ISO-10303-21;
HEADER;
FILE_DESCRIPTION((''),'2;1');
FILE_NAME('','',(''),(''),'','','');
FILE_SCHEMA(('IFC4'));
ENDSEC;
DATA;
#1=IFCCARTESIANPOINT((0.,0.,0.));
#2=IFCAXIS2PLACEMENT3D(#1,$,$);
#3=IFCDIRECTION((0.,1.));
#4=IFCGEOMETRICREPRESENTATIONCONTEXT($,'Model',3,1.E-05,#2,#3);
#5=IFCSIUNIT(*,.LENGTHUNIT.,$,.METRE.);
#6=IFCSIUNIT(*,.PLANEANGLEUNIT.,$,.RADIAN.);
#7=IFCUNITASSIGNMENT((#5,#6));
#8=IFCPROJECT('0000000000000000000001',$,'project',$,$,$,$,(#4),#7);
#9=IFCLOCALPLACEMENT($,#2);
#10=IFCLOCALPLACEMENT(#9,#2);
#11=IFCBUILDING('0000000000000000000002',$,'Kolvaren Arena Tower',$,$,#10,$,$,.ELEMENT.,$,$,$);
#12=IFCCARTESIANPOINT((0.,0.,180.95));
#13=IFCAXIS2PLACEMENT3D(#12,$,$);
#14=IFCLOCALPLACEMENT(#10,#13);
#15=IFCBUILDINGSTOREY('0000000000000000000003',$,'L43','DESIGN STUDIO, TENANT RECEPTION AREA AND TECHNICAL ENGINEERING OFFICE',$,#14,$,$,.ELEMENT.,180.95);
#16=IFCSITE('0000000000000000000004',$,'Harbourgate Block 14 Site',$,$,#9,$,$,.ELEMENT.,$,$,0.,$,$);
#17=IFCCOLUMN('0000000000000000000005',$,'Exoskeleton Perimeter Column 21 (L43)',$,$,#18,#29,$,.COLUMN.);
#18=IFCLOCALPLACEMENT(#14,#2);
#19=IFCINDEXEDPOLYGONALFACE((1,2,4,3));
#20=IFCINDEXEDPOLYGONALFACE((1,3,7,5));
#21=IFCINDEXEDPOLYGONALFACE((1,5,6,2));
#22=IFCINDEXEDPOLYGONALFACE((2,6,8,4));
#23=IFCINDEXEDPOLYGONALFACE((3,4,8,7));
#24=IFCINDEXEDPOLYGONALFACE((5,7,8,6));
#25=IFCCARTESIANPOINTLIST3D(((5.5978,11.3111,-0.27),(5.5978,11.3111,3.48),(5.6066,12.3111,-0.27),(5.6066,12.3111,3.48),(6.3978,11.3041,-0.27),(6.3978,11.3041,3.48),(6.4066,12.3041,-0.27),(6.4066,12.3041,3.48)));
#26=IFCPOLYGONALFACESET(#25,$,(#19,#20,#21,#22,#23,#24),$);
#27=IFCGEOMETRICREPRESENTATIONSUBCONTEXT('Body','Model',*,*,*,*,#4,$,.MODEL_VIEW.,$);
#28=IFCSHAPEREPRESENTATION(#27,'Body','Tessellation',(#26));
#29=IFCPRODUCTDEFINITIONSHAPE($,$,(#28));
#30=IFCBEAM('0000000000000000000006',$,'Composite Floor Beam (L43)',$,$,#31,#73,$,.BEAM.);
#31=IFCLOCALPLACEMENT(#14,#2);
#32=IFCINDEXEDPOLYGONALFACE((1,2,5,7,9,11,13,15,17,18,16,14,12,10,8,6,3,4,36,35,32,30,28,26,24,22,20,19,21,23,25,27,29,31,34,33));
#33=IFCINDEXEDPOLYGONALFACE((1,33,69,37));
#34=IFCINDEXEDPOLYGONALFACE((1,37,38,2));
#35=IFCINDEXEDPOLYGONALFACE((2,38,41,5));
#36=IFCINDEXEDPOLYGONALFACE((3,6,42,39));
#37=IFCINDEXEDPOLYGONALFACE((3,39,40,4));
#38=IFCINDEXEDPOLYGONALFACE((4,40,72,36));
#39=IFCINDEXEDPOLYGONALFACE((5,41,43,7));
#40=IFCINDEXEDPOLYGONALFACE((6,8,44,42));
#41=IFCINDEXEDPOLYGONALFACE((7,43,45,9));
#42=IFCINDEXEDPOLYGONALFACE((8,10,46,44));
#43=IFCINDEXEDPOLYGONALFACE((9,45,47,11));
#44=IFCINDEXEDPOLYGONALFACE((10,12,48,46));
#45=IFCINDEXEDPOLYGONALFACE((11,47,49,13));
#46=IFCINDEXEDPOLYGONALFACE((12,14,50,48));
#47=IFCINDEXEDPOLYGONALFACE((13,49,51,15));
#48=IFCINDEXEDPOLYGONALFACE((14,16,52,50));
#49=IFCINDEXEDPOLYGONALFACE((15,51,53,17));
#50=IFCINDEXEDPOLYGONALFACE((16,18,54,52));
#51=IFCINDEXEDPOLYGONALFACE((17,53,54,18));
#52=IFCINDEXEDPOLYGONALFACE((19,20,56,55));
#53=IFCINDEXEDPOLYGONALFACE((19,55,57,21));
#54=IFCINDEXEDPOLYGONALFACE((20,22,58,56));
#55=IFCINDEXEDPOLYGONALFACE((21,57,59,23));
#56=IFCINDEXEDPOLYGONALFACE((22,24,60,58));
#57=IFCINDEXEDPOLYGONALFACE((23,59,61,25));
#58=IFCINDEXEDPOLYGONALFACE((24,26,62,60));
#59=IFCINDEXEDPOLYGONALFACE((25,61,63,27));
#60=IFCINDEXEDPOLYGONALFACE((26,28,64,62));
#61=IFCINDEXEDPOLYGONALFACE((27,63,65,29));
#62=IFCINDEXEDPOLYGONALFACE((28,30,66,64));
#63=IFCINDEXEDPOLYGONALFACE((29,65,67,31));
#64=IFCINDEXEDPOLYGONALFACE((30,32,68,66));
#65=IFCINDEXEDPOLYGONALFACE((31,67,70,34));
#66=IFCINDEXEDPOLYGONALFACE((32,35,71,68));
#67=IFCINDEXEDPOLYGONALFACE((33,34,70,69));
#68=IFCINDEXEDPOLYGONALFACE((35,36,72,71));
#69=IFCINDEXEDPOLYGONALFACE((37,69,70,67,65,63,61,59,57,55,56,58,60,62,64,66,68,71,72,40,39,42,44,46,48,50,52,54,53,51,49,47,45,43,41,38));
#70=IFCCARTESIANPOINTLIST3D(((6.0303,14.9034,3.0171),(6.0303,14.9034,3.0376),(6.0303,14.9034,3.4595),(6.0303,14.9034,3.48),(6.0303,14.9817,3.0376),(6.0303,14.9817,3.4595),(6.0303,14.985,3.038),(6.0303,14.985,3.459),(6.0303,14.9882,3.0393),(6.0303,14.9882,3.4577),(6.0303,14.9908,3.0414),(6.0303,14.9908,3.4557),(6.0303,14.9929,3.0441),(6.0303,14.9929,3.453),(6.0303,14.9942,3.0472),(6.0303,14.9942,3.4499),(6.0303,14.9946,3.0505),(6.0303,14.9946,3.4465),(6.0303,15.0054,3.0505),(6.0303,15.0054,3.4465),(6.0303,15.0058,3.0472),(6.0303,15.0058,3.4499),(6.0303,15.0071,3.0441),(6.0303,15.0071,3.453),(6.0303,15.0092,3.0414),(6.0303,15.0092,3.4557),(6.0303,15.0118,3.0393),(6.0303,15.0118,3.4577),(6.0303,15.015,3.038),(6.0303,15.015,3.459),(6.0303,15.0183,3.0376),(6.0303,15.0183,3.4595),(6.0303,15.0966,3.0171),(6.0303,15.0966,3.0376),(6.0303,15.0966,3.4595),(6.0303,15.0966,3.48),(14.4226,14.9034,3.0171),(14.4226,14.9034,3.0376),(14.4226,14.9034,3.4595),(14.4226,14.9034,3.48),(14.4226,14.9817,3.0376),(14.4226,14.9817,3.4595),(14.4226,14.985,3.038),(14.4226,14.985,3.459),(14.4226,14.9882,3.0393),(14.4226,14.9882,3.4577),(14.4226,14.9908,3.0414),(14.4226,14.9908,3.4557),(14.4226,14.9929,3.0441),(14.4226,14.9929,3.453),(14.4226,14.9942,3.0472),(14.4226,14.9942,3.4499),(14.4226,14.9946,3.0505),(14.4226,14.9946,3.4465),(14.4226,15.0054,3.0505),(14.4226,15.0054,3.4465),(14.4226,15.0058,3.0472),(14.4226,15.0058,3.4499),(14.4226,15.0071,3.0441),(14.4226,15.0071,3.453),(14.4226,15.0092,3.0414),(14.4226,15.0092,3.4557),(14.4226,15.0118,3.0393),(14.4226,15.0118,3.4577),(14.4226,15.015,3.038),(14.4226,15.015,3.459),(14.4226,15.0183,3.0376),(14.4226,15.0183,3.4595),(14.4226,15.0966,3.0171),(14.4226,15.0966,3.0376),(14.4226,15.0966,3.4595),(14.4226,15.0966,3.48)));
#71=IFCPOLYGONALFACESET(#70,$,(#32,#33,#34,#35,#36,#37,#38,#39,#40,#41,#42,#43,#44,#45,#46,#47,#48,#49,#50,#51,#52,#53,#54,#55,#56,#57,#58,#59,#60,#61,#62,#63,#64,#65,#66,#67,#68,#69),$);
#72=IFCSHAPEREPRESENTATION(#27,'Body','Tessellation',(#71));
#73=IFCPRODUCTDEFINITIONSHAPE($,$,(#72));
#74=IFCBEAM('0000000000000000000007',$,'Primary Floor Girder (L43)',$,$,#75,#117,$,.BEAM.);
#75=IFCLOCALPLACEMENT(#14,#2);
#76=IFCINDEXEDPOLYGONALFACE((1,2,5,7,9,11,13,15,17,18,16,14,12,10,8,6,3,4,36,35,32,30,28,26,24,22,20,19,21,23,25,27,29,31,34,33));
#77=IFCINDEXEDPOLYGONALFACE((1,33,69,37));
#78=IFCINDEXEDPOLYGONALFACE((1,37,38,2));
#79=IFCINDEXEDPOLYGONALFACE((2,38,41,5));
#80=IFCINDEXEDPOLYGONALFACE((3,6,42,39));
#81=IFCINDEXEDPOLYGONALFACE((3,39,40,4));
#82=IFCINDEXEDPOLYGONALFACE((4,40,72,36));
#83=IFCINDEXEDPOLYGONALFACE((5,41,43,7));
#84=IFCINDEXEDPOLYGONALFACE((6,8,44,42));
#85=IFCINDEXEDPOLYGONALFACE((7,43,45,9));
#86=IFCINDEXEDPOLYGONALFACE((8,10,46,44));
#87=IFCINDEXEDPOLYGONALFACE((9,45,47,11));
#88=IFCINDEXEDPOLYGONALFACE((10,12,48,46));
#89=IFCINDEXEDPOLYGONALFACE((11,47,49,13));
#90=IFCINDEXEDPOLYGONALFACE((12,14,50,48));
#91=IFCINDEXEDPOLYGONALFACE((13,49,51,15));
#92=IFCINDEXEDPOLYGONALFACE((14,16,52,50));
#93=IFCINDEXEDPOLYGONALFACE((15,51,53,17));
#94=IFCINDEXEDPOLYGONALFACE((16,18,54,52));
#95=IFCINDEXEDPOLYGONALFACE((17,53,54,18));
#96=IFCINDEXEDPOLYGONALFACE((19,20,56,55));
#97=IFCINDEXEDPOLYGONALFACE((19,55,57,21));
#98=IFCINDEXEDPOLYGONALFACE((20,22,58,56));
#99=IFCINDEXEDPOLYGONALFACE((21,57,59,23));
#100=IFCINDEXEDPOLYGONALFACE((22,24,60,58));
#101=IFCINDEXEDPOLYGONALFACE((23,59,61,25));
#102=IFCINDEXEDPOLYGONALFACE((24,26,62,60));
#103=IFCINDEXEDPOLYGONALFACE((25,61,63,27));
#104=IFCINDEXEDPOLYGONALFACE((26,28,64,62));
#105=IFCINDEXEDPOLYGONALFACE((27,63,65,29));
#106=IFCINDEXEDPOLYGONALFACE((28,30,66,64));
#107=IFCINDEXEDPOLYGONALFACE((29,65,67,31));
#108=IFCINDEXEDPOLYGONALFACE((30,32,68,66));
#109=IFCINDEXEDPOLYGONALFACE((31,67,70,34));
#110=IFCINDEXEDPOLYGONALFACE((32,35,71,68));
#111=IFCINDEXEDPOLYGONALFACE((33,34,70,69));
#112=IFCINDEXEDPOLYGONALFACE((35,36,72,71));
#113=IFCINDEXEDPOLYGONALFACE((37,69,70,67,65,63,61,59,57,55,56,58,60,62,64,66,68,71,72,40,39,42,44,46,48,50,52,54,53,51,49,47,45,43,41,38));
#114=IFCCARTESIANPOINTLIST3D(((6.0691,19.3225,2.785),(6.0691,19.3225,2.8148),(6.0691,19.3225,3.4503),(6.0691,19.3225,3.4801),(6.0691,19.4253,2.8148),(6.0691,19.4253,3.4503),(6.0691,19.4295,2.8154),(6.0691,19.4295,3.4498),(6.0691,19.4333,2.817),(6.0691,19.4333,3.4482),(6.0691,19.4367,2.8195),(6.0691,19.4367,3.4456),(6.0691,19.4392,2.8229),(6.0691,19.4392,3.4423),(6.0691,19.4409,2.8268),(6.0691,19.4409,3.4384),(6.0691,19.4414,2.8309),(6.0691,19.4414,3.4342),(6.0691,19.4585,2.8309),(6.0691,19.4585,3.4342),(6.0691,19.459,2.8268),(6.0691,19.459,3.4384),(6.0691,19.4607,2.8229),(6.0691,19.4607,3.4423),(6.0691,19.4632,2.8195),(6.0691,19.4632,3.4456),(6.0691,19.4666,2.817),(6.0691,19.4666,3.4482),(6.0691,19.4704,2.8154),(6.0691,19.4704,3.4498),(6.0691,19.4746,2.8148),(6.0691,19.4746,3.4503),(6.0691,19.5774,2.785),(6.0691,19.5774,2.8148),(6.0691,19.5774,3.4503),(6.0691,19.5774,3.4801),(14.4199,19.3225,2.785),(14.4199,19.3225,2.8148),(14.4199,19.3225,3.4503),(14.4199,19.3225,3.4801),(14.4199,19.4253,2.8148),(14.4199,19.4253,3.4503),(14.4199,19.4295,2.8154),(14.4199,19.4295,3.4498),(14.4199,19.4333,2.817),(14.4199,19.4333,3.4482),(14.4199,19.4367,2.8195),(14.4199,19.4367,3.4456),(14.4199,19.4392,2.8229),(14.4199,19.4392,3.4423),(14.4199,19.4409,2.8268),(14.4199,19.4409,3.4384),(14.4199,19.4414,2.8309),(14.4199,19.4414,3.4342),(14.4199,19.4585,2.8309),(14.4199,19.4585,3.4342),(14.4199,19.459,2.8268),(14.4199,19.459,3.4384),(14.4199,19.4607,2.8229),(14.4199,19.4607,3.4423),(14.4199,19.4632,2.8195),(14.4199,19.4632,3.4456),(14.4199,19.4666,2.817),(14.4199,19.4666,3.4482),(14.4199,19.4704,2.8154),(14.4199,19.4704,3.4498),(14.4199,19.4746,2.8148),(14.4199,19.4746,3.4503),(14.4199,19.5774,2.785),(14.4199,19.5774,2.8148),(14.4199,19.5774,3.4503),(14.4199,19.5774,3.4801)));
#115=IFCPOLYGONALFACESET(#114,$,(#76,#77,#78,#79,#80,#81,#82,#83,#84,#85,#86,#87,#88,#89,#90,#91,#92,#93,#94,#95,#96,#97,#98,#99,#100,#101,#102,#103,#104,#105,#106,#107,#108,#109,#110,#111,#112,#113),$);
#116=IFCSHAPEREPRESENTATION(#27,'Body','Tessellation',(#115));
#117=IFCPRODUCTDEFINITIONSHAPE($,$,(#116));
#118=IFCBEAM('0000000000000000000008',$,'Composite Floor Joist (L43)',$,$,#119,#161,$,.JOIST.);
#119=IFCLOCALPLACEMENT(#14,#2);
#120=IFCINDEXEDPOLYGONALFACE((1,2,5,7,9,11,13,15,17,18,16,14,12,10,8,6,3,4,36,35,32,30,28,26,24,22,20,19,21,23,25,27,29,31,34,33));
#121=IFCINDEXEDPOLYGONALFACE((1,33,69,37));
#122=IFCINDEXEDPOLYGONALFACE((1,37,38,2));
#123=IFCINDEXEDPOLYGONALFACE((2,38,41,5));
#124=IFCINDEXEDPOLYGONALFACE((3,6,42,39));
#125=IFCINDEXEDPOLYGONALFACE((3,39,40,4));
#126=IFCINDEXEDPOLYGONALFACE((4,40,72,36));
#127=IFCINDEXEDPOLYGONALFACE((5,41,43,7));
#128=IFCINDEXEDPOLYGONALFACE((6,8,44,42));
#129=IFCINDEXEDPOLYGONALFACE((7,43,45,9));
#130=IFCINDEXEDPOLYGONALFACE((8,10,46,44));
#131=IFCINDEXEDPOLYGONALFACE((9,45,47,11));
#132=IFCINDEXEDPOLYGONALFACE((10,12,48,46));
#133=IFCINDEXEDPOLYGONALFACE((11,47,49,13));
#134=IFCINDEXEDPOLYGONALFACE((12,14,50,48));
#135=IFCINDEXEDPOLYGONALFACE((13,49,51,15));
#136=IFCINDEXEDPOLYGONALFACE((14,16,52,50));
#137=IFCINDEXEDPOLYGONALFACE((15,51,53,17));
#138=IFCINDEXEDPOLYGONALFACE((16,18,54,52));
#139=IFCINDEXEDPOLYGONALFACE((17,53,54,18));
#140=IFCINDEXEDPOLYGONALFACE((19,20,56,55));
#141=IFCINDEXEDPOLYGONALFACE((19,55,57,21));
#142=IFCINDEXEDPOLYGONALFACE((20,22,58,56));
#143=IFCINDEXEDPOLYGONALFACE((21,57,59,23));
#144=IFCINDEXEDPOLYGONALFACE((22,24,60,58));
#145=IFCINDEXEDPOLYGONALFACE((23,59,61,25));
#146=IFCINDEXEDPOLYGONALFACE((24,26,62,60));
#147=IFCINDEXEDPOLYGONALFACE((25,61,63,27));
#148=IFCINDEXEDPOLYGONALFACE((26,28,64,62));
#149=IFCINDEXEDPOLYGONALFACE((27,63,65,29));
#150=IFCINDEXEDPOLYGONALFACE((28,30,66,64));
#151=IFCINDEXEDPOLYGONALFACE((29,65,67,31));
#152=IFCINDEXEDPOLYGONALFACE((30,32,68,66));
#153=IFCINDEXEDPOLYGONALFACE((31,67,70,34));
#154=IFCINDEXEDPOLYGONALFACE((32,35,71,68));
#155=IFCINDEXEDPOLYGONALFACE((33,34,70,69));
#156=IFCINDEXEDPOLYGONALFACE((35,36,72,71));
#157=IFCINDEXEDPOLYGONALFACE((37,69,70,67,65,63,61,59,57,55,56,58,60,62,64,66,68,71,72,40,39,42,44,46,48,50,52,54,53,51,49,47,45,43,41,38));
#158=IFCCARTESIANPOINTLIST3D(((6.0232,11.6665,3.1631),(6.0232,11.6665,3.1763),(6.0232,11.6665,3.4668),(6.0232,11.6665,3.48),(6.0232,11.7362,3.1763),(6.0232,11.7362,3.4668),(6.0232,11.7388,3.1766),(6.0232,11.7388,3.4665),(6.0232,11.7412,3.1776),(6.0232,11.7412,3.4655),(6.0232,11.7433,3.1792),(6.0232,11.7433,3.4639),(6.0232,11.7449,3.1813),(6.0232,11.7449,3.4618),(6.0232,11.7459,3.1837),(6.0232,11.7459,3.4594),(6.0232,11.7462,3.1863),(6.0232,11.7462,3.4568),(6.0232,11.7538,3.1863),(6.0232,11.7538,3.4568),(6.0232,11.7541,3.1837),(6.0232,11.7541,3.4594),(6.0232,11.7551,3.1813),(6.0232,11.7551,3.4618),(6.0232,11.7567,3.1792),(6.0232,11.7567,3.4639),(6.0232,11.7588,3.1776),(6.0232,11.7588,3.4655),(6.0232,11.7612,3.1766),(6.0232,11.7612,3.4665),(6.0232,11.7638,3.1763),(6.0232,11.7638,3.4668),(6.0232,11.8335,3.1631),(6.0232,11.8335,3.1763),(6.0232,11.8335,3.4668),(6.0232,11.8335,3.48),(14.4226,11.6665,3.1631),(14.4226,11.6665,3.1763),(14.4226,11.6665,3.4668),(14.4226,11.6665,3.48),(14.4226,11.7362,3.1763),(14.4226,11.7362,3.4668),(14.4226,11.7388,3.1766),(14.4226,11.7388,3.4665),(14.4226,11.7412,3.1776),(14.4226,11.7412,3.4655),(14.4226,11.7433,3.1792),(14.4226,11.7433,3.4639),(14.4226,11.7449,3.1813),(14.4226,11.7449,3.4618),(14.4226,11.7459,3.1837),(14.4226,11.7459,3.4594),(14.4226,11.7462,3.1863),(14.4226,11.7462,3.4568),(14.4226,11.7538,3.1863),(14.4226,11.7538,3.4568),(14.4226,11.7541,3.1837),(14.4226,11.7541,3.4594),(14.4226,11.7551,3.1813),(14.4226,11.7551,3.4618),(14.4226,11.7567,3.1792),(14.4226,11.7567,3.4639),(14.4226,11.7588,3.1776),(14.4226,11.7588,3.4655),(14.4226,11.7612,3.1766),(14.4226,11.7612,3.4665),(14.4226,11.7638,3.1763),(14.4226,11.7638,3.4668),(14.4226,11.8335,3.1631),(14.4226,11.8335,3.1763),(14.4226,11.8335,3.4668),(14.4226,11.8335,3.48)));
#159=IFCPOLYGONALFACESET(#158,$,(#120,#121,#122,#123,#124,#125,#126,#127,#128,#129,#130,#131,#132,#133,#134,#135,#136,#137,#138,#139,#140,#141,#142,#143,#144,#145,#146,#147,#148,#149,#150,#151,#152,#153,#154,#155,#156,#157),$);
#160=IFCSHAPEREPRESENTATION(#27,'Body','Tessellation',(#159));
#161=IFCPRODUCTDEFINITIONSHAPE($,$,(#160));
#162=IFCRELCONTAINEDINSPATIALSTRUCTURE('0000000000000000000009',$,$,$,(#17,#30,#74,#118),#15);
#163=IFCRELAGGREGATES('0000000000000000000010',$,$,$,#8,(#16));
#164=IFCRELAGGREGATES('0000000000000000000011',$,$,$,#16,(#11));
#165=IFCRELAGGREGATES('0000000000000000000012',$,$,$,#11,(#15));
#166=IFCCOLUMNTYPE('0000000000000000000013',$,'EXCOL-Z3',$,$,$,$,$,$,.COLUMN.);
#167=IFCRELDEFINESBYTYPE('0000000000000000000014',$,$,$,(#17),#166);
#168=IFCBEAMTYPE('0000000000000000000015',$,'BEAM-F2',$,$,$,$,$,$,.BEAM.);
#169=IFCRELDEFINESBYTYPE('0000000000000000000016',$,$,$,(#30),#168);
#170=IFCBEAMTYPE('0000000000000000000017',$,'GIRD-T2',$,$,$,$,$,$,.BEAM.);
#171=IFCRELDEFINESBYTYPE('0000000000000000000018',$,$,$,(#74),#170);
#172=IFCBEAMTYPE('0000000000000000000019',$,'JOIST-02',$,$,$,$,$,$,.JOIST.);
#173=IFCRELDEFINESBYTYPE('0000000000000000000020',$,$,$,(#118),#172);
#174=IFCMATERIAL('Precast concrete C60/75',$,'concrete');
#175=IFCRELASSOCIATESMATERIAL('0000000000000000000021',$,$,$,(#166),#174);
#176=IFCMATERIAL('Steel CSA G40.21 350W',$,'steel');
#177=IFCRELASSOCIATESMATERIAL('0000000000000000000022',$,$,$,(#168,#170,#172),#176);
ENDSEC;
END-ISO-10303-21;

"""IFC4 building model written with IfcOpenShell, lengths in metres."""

from ifc_helpers import new_model, si_unit, direction, frame, origin, origin_2d, place, context, subcontext, project, spatial, rectangle, i_section, extrude, material, material_profile, profile_set, type_object, element, save


model = new_model("IFC4")

# Units and contexts
model_context = context("Model", 3, precision=1e-05, world=origin(), true_north=direction((0.0, 1.0)))
body_context = subcontext(model_context, "Body", "Model", "MODEL_VIEW")
ifc_project = project(units=[si_unit("LENGTHUNIT", "METRE"), si_unit("PLANEANGLEUNIT", "RADIAN")], contexts=[model_context])

# Site, building, storey
site_placement = place(None, origin())
site = spatial("IfcSite", under=ifc_project, at=site_placement, Name="Harbourgate Block 14 Site", CompositionType="ELEMENT", RefElevation=0.0)
building_placement = place(site_placement, origin())
building = spatial("IfcBuilding", under=site, at=building_placement, Name="Kolvaren Arena Tower", CompositionType="ELEMENT")
storey_placement = place(building_placement, frame((0.0, 0.0, 180.95)))
storey = spatial("IfcBuildingStorey", under=building, at=storey_placement, Name="L43", Description="DESIGN STUDIO, TENANT RECEPTION AREA AND TECHNICAL ENGINEERING OFFICE", CompositionType="ELEMENT", Elevation=180.95)

# Column
ifc_material_1 = material(Name="Precast concrete C60/75", Category="concrete")
ifc_material_profile_1 = material_profile(ifc_material_1, rectangle(XDim=1.0, YDim=0.8, at=origin_2d()), Name="RC-1000x800")
ifc_profile_set_1 = profile_set([ifc_material_profile_1], Name="Precast concrete C60/75")
column_type = type_object("IfcColumnType", Name="EXCOL-Z3", PredefinedType="COLUMN", material=ifc_profile_set_1)
column_placement = place(storey_placement, frame((6.0022, 11.8076, -0.27), z_axis=(0.0, 0.0, 1.0), x_axis=(0.008727, 0.999962, 0.0)))
element("IfcColumn", 1, at=column_placement, inside=storey, type_object=column_type, Name="Exoskeleton Perimeter Column 21 (L43)", PredefinedType="COLUMN", context=body_context, shape_type="SweptSolid", body=[
    extrude(rectangle(XDim=1.0, YDim=0.8, at=origin_2d()), origin(), (0.0, 0.0, 1.0), 3.75),
])

# Beams
ifc_material_2 = material(Name="Steel CSA G40.21 350W", Category="steel")
ifc_material_profile_2 = material_profile(ifc_material_2, i_section(OverallWidth=0.1931, OverallDepth=0.4629, WebThickness=0.0107, FlangeThickness=0.0205, FilletRadius=0.0129, at=origin_2d()), Name="W460x113")
ifc_profile_set_2 = profile_set([ifc_material_profile_2], Name="Steel CSA G40.21 350W")
beam_type_1 = type_object("IfcBeamType", Name="BEAM-F2", PredefinedType="BEAM", material=ifc_profile_set_2)
beam_1_placement = place(storey_placement, frame((6.0303, 15.0, 3.2485), z_axis=(1.0, 0.0, 0.0), x_axis=(0.0, 1.0, 0.0)))
element("IfcBeam", 2, at=beam_1_placement, inside=storey, type_object=beam_type_1, Name="Composite Floor Beam (L43)", PredefinedType="BEAM", context=body_context, shape_type="SweptSolid", body=[
    extrude(i_section(OverallWidth=0.1931, OverallDepth=0.4629, WebThickness=0.0107, FlangeThickness=0.0205, FilletRadius=0.0129, at=origin_2d()), origin(), (0.0, 0.0, 1.0), 8.3923),
])
ifc_material_profile_3 = material_profile(ifc_material_2, i_section(OverallWidth=0.2549, OverallDepth=0.6951, WebThickness=0.0171, FlangeThickness=0.0298, FilletRadius=0.0161, at=origin_2d()), Name="W690x217")
ifc_profile_set_3 = profile_set([ifc_material_profile_3], Name="Steel CSA G40.21 350W")
beam_type_2 = type_object("IfcBeamType", Name="GIRD-T2", PredefinedType="BEAM", material=ifc_profile_set_3)
beam_2_placement = place(storey_placement, frame((6.0691, 19.45, 3.1326), z_axis=(1.0, 0.0, 0.0), x_axis=(0.0, 1.0, 0.0)))
element("IfcBeam", 3, at=beam_2_placement, inside=storey, type_object=beam_type_2, Name="Primary Floor Girder (L43)", PredefinedType="BEAM", context=body_context, shape_type="SweptSolid", body=[
    extrude(i_section(OverallWidth=0.2549, OverallDepth=0.6951, WebThickness=0.0171, FlangeThickness=0.0298, FilletRadius=0.0161, at=origin_2d()), origin(), (0.0, 0.0, 1.0), 8.3508),
])
ifc_material_profile_4 = material_profile(ifc_material_2, i_section(OverallWidth=0.167, OverallDepth=0.3169, WebThickness=0.0076, FlangeThickness=0.0132, FilletRadius=0.01, at=origin_2d()), Name="W310x52")
ifc_profile_set_4 = profile_set([ifc_material_profile_4], Name="Steel CSA G40.21 350W")
beam_type_3 = type_object("IfcBeamType", Name="JOIST-02", PredefinedType="JOIST", material=ifc_profile_set_4)
beam_3_placement = place(storey_placement, frame((6.0232, 11.75, 3.3215), z_axis=(1.0, 0.0, 0.0), x_axis=(0.0, 1.0, 0.0)))
element("IfcBeam", 4, at=beam_3_placement, inside=storey, type_object=beam_type_3, Name="Composite Floor Joist (L43)", PredefinedType="JOIST", context=body_context, shape_type="SweptSolid", body=[
    extrude(i_section(OverallWidth=0.167, OverallDepth=0.3169, WebThickness=0.0076, FlangeThickness=0.0132, FilletRadius=0.01, at=origin_2d()), origin(), (0.0, 0.0, 1.0), 8.3994),
])

save(model, "model.ifc")
